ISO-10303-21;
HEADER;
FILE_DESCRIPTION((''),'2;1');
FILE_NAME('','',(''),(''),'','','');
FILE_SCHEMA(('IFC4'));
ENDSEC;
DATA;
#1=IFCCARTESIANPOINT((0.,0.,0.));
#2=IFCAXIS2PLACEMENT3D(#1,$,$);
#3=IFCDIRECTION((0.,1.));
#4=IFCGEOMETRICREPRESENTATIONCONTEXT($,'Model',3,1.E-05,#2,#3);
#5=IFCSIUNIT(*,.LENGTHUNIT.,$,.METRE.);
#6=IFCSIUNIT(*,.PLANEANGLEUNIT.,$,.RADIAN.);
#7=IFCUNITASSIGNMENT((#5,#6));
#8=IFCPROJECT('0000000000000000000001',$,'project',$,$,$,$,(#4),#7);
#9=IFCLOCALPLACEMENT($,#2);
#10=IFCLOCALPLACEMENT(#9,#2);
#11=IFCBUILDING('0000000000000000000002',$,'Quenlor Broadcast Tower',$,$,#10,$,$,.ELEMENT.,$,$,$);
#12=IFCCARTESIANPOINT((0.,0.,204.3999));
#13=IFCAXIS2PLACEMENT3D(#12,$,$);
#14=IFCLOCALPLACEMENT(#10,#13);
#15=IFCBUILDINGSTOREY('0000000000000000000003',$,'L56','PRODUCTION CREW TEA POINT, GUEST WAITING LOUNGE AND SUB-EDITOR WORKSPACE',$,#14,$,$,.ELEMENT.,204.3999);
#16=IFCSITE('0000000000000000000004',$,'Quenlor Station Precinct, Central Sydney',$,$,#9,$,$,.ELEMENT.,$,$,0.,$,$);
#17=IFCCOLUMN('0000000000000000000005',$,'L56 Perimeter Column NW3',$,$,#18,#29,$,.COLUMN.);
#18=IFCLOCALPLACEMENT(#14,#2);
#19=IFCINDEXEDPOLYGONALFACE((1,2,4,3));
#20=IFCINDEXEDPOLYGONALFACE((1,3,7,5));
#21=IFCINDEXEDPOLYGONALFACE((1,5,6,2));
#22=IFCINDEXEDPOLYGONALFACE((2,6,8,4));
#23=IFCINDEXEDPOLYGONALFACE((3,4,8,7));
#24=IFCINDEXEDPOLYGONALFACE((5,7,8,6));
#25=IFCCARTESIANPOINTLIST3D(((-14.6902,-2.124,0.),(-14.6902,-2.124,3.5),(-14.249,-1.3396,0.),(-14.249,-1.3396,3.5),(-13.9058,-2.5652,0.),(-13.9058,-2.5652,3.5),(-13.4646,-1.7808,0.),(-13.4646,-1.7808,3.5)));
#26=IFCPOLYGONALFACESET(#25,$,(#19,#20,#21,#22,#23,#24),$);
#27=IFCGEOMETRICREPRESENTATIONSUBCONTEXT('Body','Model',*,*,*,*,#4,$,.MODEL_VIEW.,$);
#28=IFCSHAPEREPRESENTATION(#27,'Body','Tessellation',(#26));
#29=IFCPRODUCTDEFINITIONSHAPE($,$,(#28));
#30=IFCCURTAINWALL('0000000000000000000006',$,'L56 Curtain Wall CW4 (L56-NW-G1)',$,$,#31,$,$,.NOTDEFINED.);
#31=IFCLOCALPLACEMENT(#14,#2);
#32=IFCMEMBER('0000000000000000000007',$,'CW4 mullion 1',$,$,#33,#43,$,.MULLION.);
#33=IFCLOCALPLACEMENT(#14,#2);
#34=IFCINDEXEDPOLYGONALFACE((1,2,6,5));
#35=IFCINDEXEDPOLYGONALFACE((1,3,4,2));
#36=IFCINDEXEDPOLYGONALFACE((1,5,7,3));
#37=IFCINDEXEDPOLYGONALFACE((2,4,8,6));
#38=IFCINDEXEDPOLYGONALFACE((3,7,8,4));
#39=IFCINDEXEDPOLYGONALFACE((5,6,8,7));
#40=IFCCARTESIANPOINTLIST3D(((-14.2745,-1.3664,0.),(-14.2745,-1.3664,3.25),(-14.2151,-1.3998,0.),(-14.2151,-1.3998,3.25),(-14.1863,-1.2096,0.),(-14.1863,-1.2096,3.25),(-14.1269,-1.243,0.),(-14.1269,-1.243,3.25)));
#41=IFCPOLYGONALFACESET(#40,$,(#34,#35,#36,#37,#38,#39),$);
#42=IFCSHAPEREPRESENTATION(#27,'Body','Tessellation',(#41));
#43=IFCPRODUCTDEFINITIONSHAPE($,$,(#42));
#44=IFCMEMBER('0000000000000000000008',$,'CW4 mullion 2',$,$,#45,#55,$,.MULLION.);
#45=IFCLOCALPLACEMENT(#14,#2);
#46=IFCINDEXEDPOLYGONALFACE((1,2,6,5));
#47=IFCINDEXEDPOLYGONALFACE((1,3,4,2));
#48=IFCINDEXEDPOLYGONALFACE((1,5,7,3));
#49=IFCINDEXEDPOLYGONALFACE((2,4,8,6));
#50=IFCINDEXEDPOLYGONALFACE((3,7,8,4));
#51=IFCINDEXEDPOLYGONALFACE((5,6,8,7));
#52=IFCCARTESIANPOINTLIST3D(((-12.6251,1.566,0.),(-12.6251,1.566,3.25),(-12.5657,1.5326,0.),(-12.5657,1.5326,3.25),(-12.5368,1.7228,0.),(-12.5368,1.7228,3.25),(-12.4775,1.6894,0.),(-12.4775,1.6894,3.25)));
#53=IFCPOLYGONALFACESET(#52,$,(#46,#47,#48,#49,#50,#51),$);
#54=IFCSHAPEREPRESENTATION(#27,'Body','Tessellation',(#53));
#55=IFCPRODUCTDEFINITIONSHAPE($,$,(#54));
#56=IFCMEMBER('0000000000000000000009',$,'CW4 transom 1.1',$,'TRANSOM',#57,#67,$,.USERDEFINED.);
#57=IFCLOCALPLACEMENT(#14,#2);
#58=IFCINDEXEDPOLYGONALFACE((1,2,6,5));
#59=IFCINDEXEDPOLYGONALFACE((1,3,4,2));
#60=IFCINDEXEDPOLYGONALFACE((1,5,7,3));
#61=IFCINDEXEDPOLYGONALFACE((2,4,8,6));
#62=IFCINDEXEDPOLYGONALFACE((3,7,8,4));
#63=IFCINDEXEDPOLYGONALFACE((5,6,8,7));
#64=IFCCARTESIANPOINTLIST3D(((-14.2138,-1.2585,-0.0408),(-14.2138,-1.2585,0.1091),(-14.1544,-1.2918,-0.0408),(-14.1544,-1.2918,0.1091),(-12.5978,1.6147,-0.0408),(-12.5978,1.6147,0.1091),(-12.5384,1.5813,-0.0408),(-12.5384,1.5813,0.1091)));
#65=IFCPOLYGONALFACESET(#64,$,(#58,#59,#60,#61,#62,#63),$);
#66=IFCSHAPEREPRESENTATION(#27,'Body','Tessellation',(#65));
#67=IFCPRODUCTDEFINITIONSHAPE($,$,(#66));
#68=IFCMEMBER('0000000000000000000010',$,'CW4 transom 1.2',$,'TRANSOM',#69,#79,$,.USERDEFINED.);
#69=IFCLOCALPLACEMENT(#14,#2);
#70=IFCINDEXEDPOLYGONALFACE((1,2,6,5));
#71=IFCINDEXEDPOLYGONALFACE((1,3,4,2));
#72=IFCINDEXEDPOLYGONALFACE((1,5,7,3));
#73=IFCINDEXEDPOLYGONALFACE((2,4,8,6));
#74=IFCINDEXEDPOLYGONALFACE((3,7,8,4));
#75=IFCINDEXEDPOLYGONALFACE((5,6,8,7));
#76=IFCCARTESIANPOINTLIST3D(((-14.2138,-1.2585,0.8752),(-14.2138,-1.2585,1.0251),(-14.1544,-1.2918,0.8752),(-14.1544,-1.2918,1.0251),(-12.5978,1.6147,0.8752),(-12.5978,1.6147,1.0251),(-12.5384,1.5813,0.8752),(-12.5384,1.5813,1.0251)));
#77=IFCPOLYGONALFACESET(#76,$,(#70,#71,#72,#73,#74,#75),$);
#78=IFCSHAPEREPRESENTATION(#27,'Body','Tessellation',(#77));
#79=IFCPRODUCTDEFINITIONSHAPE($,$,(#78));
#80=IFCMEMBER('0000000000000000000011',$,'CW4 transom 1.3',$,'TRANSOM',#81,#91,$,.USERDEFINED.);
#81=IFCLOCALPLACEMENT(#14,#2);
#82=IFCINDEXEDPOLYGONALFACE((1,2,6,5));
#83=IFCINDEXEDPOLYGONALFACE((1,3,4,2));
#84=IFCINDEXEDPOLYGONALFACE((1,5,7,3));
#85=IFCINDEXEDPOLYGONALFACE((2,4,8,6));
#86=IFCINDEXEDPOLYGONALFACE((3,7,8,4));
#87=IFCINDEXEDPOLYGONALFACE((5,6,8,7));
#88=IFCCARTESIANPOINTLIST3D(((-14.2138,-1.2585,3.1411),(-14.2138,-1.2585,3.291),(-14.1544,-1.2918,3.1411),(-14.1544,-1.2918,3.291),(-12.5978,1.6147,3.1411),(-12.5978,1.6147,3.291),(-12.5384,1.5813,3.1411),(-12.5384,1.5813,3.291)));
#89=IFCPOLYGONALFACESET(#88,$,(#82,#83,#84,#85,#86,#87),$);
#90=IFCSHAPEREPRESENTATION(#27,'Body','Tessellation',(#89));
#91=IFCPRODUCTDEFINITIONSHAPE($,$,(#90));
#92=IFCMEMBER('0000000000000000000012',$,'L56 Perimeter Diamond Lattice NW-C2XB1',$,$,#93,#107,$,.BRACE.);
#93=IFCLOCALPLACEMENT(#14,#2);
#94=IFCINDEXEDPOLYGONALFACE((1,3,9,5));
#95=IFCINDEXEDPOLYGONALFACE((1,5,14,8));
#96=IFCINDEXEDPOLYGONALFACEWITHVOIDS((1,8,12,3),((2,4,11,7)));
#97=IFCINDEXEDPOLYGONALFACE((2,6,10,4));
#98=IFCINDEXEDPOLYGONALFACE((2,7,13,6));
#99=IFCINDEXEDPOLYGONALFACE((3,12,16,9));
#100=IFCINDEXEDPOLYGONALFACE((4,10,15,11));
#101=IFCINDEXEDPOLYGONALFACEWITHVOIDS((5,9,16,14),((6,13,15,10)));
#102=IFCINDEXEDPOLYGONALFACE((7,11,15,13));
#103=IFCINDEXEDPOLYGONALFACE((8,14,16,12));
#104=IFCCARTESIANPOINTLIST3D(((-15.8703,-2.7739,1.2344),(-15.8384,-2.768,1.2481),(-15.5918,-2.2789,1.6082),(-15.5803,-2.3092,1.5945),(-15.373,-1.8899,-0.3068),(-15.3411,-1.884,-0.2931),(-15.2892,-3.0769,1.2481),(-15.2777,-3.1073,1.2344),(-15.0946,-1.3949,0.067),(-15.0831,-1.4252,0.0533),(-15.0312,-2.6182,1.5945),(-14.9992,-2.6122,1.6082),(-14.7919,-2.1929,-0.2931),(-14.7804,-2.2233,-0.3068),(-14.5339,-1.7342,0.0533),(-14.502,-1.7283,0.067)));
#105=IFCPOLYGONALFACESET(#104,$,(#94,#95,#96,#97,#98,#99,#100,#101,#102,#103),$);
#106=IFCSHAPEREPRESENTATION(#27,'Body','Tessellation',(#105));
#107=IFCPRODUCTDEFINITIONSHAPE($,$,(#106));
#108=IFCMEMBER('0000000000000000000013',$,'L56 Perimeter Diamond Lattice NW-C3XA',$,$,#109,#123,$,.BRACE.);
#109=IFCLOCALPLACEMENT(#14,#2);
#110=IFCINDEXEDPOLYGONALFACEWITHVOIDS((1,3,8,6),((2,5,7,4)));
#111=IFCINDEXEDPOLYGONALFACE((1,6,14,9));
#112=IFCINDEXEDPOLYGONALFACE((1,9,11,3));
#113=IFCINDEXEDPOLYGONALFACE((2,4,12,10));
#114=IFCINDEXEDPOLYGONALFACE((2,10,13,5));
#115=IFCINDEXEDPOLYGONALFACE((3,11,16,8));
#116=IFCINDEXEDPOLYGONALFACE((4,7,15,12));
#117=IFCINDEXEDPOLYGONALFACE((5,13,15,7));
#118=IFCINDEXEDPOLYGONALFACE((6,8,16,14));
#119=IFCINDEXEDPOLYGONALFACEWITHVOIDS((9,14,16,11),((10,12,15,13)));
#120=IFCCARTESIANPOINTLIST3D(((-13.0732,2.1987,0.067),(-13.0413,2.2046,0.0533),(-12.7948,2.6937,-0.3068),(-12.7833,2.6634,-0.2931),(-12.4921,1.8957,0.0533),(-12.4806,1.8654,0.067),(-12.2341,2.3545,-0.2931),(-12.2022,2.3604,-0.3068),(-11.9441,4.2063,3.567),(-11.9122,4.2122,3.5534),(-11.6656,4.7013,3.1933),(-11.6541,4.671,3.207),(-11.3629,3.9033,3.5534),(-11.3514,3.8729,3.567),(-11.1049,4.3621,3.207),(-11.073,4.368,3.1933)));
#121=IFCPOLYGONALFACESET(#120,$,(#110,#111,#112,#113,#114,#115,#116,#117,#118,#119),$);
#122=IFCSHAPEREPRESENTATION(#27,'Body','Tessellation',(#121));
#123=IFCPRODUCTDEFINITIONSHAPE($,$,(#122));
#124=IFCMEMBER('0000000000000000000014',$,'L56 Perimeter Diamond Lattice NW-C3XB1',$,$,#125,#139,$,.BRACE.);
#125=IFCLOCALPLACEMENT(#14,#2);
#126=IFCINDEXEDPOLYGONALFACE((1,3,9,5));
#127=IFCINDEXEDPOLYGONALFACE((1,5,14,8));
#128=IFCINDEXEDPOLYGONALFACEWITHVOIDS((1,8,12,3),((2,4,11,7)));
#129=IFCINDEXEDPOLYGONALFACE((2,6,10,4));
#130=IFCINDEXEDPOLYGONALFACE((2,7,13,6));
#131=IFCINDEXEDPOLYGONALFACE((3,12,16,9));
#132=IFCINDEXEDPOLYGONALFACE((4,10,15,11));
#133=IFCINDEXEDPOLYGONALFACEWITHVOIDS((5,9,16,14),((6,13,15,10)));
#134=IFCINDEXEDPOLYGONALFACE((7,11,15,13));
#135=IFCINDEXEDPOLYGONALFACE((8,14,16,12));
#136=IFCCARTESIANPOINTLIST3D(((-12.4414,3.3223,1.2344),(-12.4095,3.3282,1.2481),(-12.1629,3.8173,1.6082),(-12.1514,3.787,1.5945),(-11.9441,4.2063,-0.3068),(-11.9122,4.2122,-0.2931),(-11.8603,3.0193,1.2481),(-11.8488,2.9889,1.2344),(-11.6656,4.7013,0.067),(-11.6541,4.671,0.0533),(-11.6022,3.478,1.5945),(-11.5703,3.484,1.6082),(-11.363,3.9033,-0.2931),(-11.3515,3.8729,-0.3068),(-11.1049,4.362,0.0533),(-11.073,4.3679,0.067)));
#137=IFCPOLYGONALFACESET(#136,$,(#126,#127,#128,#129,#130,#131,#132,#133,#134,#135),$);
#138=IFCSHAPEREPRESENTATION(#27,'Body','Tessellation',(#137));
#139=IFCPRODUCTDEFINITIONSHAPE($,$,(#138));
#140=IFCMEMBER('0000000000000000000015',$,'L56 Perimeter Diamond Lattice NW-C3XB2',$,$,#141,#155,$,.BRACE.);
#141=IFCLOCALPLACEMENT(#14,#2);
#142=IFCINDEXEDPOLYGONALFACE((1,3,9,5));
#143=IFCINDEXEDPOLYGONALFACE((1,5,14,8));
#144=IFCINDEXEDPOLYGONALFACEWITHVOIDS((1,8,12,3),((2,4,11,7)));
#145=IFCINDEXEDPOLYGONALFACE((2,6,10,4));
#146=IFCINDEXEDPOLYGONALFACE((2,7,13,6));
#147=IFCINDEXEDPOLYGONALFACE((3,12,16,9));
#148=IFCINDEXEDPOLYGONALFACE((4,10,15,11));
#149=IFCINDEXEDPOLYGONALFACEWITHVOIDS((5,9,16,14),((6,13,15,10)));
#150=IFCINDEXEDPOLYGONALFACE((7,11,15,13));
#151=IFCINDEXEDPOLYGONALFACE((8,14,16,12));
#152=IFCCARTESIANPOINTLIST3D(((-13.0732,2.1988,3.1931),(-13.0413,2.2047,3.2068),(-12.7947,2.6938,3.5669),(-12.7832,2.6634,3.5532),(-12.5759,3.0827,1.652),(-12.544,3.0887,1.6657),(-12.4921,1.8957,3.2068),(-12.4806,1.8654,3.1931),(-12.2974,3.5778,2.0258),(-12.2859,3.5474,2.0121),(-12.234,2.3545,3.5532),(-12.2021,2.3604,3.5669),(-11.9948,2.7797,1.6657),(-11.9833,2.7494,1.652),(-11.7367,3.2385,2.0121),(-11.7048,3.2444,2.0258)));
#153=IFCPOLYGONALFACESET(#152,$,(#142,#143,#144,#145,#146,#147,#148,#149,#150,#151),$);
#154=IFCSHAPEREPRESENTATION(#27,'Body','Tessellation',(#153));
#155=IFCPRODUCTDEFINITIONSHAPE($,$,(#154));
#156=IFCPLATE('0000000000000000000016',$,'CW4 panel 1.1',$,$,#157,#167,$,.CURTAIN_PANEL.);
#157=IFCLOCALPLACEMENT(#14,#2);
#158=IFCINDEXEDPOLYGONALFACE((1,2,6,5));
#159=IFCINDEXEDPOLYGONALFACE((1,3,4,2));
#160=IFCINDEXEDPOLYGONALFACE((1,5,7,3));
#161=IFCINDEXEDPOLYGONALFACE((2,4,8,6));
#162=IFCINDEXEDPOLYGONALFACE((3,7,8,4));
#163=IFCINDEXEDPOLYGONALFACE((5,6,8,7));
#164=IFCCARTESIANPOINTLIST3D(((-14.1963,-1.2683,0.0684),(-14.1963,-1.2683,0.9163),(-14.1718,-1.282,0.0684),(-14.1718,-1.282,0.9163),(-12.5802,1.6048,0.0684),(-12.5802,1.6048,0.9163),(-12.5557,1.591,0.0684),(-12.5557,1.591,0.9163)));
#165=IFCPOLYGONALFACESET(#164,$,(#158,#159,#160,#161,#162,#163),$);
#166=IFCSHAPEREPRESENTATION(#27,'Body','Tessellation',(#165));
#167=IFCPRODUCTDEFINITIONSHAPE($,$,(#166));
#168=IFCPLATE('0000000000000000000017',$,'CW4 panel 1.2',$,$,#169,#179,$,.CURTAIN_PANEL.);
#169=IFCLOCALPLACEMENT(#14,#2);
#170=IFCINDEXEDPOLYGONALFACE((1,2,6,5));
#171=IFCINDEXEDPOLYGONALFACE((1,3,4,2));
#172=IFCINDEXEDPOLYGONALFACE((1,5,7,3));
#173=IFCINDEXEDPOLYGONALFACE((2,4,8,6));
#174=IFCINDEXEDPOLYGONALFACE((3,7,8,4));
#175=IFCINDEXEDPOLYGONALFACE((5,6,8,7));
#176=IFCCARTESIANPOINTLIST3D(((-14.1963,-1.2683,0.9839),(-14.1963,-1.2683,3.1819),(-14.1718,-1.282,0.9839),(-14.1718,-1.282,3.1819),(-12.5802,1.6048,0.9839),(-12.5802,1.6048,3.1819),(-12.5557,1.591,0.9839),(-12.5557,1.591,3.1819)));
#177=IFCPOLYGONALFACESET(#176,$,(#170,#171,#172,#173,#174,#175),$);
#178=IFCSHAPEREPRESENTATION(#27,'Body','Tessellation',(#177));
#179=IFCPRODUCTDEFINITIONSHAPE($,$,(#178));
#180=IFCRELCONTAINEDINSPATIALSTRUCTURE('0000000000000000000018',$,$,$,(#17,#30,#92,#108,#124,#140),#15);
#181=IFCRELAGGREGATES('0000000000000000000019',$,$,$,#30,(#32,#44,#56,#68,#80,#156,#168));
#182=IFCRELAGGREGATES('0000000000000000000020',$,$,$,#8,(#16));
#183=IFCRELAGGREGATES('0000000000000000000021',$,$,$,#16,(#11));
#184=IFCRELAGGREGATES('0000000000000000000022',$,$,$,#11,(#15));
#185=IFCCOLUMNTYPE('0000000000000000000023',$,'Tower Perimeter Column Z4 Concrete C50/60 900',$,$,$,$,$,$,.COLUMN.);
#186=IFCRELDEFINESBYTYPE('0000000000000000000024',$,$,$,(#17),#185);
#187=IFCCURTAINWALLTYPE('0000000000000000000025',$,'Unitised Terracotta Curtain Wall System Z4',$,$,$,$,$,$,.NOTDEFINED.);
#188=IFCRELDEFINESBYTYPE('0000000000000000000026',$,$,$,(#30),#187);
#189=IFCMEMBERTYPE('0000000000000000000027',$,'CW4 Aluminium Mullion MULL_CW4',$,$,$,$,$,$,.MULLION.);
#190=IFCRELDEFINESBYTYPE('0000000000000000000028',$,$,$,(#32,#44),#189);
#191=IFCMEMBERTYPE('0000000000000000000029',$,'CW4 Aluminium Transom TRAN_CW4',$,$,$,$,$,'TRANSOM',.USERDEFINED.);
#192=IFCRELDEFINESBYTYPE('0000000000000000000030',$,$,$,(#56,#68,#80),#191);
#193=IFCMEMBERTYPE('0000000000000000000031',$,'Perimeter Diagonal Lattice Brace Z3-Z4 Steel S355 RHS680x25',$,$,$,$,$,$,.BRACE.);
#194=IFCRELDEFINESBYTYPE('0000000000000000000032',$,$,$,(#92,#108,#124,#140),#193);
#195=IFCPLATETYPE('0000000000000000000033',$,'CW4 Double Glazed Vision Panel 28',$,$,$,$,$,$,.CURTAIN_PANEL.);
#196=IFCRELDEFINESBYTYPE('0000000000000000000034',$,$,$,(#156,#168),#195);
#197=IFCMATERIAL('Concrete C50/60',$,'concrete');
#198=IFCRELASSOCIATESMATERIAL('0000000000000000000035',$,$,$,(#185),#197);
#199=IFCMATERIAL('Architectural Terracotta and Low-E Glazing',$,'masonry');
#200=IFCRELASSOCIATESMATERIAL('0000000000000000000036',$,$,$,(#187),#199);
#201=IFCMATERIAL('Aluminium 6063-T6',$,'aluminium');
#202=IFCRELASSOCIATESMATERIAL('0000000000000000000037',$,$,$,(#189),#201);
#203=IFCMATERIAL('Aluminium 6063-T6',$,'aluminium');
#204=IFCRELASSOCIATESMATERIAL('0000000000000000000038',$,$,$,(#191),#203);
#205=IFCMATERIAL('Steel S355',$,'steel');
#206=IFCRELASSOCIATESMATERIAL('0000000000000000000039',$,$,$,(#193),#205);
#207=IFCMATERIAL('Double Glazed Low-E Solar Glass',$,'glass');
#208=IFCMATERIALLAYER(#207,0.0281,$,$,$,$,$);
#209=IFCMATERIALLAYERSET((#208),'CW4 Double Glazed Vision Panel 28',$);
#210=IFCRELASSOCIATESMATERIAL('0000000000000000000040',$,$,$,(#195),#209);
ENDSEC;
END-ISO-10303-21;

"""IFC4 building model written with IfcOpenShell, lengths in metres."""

from ifc_helpers import new_model, si_unit, direction, frame, origin, origin_2d, place, context, subcontext, project, spatial, rectangle, hollow_rectangle, extrude, material, layer, layer_set, material_profile, profile_set, type_object, element, aggregate, save


model = new_model("IFC4")

# Units and contexts
model_context = context("Model", 3, precision=1e-05, world=origin(), true_north=direction((0.0, 1.0)))
body_context = subcontext(model_context, "Body", "Model", "MODEL_VIEW")
ifc_project = project(units=[si_unit("LENGTHUNIT", "METRE"), si_unit("PLANEANGLEUNIT", "RADIAN")], contexts=[model_context])

# Site, building, storey
site_placement = place(None, origin())
site = spatial("IfcSite", under=ifc_project, at=site_placement, Name="Quenlor Station Precinct, Central Sydney", CompositionType="ELEMENT", RefElevation=0.0)
building_placement = place(site_placement, origin())
building = spatial("IfcBuilding", under=site, at=building_placement, Name="Quenlor Broadcast Tower", CompositionType="ELEMENT")
storey_placement = place(building_placement, frame((0.0, 0.0, 204.3999)))
storey = spatial("IfcBuildingStorey", under=building, at=storey_placement, Name="L56", Description="PRODUCTION CREW TEA POINT, GUEST WAITING LOUNGE AND SUB-EDITOR WORKSPACE", CompositionType="ELEMENT", Elevation=204.3999)

# Column
ifc_material_1 = material(Name="Concrete C50/60", Category="concrete")
ifc_material_profile_1 = material_profile(ifc_material_1, rectangle(XDim=0.8999, YDim=0.8999, at=origin_2d()))
ifc_profile_set_1 = profile_set([ifc_material_profile_1], Name="Concrete C50/60 RC900x900")
column_type = type_object("IfcColumnType", Name="Tower Perimeter Column Z4 Concrete C50/60 900", PredefinedType="COLUMN", material=ifc_profile_set_1)
column_placement = place(storey_placement, frame((-14.0774, -1.9524, 0.0), z_axis=(0.0, 0.0, 1.0), x_axis=(-0.871575, 0.490262, 0.0)))
element("IfcColumn", 1, at=column_placement, inside=storey, type_object=column_type, Name="L56 Perimeter Column NW3", PredefinedType="COLUMN", context=body_context, shape_type="SweptSolid", body=[
    extrude(rectangle(XDim=0.8999, YDim=0.8999, at=origin_2d()), origin(), (0.0, 0.0, 1.0), 3.5),
])

# Curtain wall, members
ifc_material_2 = material(Name="Architectural Terracotta and Low-E Glazing", Category="masonry")
curtain_wall_type = type_object("IfcCurtainWallType", Name="Unitised Terracotta Curtain Wall System Z4", PredefinedType="NOTDEFINED", material=ifc_material_2)
curtain_wall_placement = place(storey_placement, origin())
curtain_wall = element("IfcCurtainWall", 2, at=curtain_wall_placement, inside=storey, type_object=curtain_wall_type, Name="L56 Curtain Wall CW4 (L56-NW-G1)", PredefinedType="NOTDEFINED")
ifc_material_3 = material(Name="Aluminium 6063-T6", Category="aluminium")
ifc_material_profile_2 = material_profile(ifc_material_3, rectangle(XDim=0.0681, YDim=0.1799, at=origin_2d()))
ifc_profile_set_2 = profile_set([ifc_material_profile_2], Name="Aluminium 6063-T6 MULL68x180")
member_type_1 = type_object("IfcMemberType", Name="CW4 Aluminium Mullion MULL_CW4", PredefinedType="MULLION", material=ifc_profile_set_2)
member_1_placement = place(storey_placement, frame((-14.2007, -1.3047, 0.0), z_axis=(0.0, 0.0, 1.0), x_axis=(-0.871578, 0.490257, 0.0)))
member_1 = element("IfcMember", 3, at=member_1_placement, type_object=member_type_1, Name="CW4 mullion 1", PredefinedType="MULLION", context=body_context, shape_type="SweptSolid", body=[
    extrude(rectangle(XDim=0.0681, YDim=0.1799, at=origin_2d()), origin(), (0.0, 0.0, 1.0), 3.25),
])
member_2_placement = place(storey_placement, frame((-12.5513, 1.6277, 0.0), z_axis=(0.0, 0.0, 1.0), x_axis=(-0.871578, 0.490257, 0.0)))
member_2 = element("IfcMember", 4, at=member_2_placement, type_object=member_type_1, Name="CW4 mullion 2", PredefinedType="MULLION", context=body_context, shape_type="SweptSolid", body=[
    extrude(rectangle(XDim=0.0681, YDim=0.1799, at=origin_2d()), origin(), (0.0, 0.0, 1.0), 3.25),
])
ifc_material_4 = material(Name="Aluminium 6063-T6", Category="aluminium")
ifc_material_profile_3 = material_profile(ifc_material_4, rectangle(XDim=0.0681, YDim=0.1499, at=origin_2d()))
ifc_profile_set_3 = profile_set([ifc_material_profile_3], Name="Aluminium 6063-T6 TRAN68x150")
member_type_2 = type_object("IfcMemberType", Name="CW4 Aluminium Transom TRAN_CW4", ElementType="TRANSOM", PredefinedType="USERDEFINED", material=ifc_profile_set_3)
member_3_placement = place(storey_placement, frame((-14.1841, -1.2751, 0.0342), z_axis=(0.490233, 0.871591, 0.0), x_axis=(-0.871591, 0.490233, 0.0)))
member_3 = element("IfcMember", 5, at=member_3_placement, type_object=member_type_2, Name="CW4 transom 1.1", ObjectType="TRANSOM", PredefinedType="USERDEFINED", context=body_context, shape_type="SweptSolid", body=[
    extrude(rectangle(XDim=0.0681, YDim=0.1499, at=origin_2d()), origin(), (0.0, 0.0, 1.0), 3.2964),
])
member_4_placement = place(storey_placement, frame((-14.1841, -1.2751, 0.9502), z_axis=(0.490233, 0.871591, 0.0), x_axis=(-0.871591, 0.490233, 0.0)))
member_4 = element("IfcMember", 6, at=member_4_placement, type_object=member_type_2, Name="CW4 transom 1.2", ObjectType="TRANSOM", PredefinedType="USERDEFINED", context=body_context, shape_type="SweptSolid", body=[
    extrude(rectangle(XDim=0.0681, YDim=0.1499, at=origin_2d()), origin(), (0.0, 0.0, 1.0), 3.2964),
])
member_5_placement = place(storey_placement, frame((-14.1841, -1.2751, 3.2161), z_axis=(0.490233, 0.871591, 0.0), x_axis=(-0.871591, 0.490233, 0.0)))
member_5 = element("IfcMember", 7, at=member_5_placement, type_object=member_type_2, Name="CW4 transom 1.3", ObjectType="TRANSOM", PredefinedType="USERDEFINED", context=body_context, shape_type="SweptSolid", body=[
    extrude(rectangle(XDim=0.0681, YDim=0.1499, at=origin_2d()), origin(), (0.0, 0.0, 1.0), 3.2964),
])

# Members
ifc_material_5 = material(Name="Steel S355", Category="steel")
ifc_material_profile_4 = material_profile(ifc_material_5, hollow_rectangle(XDim=0.6799, YDim=0.6799, WallThickness=0.0249, at=origin_2d()))
ifc_profile_set_4 = profile_set([ifc_material_profile_4], Name="Steel S355 RHS680x680x25")
member_type_3 = type_object("IfcMemberType", Name="Perimeter Diagonal Lattice Brace Z3-Z4 Steel S355 RHS680x25", PredefinedType="BRACE", material=ifc_profile_set_4)
member_6_placement = place(storey_placement, frame((-14.9375, -1.8091, -0.1199), z_axis=(-0.269536, -0.47913, 0.835335), x_axis=(0.871556, -0.490296, 0.0)))
element("IfcMember", 8, at=member_6_placement, inside=storey, type_object=member_type_3, Name="L56 Perimeter Diamond Lattice NW-C2XB1", PredefinedType="BRACE", context=body_context, shape_type="SweptSolid", body=[
    extrude(hollow_rectangle(XDim=0.6799, YDim=0.6799, WallThickness=0.0249, at=origin_2d()), origin(), (0.0, 0.0, 1.0), 1.845),
])
member_7_placement = place(storey_placement, frame((-12.6377, 2.2795, -0.1199), z_axis=(0.269493, 0.479144, 0.835341), x_axis=(-0.871595, 0.490226, 0.0)))
element("IfcMember", 9, at=member_7_placement, inside=storey, type_object=member_type_3, Name="L56 Perimeter Diamond Lattice NW-C3XA", PredefinedType="BRACE", context=body_context, shape_type="SweptSolid", body=[
    extrude(hollow_rectangle(XDim=0.6799, YDim=0.6799, WallThickness=0.0249, at=origin_2d()), origin(), (0.0, 0.0, 1.0), 4.1899),
])
for number, where, z_axis, x_axis, name in (
    (10, (-11.5085, 4.2871, -0.1199), (-0.269536, -0.47913, 0.835335), (0.871556, -0.490296, 0.0), "L56 Perimeter Diamond Lattice NW-C3XB1"),
    (11, (-12.1404, 3.1636, 1.8389), (-0.269536, -0.47913, 0.835335), (0.871556, -0.490296, 0.0), "L56 Perimeter Diamond Lattice NW-C3XB2"),
):
    element("IfcMember", number, at=place(storey_placement, frame(where, z_axis=z_axis, x_axis=x_axis)), inside=storey, type_object=member_type_3, Name=name, PredefinedType="BRACE", context=body_context, shape_type="SweptSolid", body=[
        extrude(hollow_rectangle(XDim=0.6799, YDim=0.6799, WallThickness=0.0249, at=origin_2d()), origin(), (0.0, 0.0, 1.0), 1.845),
    ])

# Plates
ifc_material_6 = material(Name="Double Glazed Low-E Solar Glass", Category="glass")
ifc_layer_1 = layer(ifc_material_6, 0.0281)
ifc_layer_set_1 = layer_set([ifc_layer_1], Name="CW4 Double Glazed Vision Panel 28")
plate_type_1 = type_object("IfcPlateType", Name="CW4 Double Glazed Vision Panel 28", PredefinedType="CURTAIN_PANEL", material=ifc_layer_set_1)
plate_1_placement = place(storey_placement, frame((-13.376, 0.1614, 0.0684), z_axis=(0.0, 0.0, 1.0), x_axis=(0.490257, 0.871578, 0.0)))
plate_1 = element("IfcPlate", 12, at=plate_1_placement, type_object=plate_type_1, Name="CW4 panel 1.1", PredefinedType="CURTAIN_PANEL", context=body_context, shape_type="SweptSolid", body=[
    extrude(rectangle(XDim=3.2964, YDim=0.0281, at=origin_2d()), origin(), (0.0, 0.0, 1.0), 0.8479),
])
plate_2_placement = place(storey_placement, frame((-13.376, 0.1614, 0.9839), z_axis=(0.0, 0.0, 1.0), x_axis=(0.490257, 0.871578, 0.0)))
plate_2 = element("IfcPlate", 13, at=plate_2_placement, type_object=plate_type_1, Name="CW4 panel 1.2", PredefinedType="CURTAIN_PANEL", context=body_context, shape_type="SweptSolid", body=[
    extrude(rectangle(XDim=3.2964, YDim=0.0281, at=origin_2d()), origin(), (0.0, 0.0, 1.0), 2.198),
])
aggregate(curtain_wall, [member_1, member_2, member_3, member_4, member_5, plate_1, plate_2])

save(model, "model.ifc")
